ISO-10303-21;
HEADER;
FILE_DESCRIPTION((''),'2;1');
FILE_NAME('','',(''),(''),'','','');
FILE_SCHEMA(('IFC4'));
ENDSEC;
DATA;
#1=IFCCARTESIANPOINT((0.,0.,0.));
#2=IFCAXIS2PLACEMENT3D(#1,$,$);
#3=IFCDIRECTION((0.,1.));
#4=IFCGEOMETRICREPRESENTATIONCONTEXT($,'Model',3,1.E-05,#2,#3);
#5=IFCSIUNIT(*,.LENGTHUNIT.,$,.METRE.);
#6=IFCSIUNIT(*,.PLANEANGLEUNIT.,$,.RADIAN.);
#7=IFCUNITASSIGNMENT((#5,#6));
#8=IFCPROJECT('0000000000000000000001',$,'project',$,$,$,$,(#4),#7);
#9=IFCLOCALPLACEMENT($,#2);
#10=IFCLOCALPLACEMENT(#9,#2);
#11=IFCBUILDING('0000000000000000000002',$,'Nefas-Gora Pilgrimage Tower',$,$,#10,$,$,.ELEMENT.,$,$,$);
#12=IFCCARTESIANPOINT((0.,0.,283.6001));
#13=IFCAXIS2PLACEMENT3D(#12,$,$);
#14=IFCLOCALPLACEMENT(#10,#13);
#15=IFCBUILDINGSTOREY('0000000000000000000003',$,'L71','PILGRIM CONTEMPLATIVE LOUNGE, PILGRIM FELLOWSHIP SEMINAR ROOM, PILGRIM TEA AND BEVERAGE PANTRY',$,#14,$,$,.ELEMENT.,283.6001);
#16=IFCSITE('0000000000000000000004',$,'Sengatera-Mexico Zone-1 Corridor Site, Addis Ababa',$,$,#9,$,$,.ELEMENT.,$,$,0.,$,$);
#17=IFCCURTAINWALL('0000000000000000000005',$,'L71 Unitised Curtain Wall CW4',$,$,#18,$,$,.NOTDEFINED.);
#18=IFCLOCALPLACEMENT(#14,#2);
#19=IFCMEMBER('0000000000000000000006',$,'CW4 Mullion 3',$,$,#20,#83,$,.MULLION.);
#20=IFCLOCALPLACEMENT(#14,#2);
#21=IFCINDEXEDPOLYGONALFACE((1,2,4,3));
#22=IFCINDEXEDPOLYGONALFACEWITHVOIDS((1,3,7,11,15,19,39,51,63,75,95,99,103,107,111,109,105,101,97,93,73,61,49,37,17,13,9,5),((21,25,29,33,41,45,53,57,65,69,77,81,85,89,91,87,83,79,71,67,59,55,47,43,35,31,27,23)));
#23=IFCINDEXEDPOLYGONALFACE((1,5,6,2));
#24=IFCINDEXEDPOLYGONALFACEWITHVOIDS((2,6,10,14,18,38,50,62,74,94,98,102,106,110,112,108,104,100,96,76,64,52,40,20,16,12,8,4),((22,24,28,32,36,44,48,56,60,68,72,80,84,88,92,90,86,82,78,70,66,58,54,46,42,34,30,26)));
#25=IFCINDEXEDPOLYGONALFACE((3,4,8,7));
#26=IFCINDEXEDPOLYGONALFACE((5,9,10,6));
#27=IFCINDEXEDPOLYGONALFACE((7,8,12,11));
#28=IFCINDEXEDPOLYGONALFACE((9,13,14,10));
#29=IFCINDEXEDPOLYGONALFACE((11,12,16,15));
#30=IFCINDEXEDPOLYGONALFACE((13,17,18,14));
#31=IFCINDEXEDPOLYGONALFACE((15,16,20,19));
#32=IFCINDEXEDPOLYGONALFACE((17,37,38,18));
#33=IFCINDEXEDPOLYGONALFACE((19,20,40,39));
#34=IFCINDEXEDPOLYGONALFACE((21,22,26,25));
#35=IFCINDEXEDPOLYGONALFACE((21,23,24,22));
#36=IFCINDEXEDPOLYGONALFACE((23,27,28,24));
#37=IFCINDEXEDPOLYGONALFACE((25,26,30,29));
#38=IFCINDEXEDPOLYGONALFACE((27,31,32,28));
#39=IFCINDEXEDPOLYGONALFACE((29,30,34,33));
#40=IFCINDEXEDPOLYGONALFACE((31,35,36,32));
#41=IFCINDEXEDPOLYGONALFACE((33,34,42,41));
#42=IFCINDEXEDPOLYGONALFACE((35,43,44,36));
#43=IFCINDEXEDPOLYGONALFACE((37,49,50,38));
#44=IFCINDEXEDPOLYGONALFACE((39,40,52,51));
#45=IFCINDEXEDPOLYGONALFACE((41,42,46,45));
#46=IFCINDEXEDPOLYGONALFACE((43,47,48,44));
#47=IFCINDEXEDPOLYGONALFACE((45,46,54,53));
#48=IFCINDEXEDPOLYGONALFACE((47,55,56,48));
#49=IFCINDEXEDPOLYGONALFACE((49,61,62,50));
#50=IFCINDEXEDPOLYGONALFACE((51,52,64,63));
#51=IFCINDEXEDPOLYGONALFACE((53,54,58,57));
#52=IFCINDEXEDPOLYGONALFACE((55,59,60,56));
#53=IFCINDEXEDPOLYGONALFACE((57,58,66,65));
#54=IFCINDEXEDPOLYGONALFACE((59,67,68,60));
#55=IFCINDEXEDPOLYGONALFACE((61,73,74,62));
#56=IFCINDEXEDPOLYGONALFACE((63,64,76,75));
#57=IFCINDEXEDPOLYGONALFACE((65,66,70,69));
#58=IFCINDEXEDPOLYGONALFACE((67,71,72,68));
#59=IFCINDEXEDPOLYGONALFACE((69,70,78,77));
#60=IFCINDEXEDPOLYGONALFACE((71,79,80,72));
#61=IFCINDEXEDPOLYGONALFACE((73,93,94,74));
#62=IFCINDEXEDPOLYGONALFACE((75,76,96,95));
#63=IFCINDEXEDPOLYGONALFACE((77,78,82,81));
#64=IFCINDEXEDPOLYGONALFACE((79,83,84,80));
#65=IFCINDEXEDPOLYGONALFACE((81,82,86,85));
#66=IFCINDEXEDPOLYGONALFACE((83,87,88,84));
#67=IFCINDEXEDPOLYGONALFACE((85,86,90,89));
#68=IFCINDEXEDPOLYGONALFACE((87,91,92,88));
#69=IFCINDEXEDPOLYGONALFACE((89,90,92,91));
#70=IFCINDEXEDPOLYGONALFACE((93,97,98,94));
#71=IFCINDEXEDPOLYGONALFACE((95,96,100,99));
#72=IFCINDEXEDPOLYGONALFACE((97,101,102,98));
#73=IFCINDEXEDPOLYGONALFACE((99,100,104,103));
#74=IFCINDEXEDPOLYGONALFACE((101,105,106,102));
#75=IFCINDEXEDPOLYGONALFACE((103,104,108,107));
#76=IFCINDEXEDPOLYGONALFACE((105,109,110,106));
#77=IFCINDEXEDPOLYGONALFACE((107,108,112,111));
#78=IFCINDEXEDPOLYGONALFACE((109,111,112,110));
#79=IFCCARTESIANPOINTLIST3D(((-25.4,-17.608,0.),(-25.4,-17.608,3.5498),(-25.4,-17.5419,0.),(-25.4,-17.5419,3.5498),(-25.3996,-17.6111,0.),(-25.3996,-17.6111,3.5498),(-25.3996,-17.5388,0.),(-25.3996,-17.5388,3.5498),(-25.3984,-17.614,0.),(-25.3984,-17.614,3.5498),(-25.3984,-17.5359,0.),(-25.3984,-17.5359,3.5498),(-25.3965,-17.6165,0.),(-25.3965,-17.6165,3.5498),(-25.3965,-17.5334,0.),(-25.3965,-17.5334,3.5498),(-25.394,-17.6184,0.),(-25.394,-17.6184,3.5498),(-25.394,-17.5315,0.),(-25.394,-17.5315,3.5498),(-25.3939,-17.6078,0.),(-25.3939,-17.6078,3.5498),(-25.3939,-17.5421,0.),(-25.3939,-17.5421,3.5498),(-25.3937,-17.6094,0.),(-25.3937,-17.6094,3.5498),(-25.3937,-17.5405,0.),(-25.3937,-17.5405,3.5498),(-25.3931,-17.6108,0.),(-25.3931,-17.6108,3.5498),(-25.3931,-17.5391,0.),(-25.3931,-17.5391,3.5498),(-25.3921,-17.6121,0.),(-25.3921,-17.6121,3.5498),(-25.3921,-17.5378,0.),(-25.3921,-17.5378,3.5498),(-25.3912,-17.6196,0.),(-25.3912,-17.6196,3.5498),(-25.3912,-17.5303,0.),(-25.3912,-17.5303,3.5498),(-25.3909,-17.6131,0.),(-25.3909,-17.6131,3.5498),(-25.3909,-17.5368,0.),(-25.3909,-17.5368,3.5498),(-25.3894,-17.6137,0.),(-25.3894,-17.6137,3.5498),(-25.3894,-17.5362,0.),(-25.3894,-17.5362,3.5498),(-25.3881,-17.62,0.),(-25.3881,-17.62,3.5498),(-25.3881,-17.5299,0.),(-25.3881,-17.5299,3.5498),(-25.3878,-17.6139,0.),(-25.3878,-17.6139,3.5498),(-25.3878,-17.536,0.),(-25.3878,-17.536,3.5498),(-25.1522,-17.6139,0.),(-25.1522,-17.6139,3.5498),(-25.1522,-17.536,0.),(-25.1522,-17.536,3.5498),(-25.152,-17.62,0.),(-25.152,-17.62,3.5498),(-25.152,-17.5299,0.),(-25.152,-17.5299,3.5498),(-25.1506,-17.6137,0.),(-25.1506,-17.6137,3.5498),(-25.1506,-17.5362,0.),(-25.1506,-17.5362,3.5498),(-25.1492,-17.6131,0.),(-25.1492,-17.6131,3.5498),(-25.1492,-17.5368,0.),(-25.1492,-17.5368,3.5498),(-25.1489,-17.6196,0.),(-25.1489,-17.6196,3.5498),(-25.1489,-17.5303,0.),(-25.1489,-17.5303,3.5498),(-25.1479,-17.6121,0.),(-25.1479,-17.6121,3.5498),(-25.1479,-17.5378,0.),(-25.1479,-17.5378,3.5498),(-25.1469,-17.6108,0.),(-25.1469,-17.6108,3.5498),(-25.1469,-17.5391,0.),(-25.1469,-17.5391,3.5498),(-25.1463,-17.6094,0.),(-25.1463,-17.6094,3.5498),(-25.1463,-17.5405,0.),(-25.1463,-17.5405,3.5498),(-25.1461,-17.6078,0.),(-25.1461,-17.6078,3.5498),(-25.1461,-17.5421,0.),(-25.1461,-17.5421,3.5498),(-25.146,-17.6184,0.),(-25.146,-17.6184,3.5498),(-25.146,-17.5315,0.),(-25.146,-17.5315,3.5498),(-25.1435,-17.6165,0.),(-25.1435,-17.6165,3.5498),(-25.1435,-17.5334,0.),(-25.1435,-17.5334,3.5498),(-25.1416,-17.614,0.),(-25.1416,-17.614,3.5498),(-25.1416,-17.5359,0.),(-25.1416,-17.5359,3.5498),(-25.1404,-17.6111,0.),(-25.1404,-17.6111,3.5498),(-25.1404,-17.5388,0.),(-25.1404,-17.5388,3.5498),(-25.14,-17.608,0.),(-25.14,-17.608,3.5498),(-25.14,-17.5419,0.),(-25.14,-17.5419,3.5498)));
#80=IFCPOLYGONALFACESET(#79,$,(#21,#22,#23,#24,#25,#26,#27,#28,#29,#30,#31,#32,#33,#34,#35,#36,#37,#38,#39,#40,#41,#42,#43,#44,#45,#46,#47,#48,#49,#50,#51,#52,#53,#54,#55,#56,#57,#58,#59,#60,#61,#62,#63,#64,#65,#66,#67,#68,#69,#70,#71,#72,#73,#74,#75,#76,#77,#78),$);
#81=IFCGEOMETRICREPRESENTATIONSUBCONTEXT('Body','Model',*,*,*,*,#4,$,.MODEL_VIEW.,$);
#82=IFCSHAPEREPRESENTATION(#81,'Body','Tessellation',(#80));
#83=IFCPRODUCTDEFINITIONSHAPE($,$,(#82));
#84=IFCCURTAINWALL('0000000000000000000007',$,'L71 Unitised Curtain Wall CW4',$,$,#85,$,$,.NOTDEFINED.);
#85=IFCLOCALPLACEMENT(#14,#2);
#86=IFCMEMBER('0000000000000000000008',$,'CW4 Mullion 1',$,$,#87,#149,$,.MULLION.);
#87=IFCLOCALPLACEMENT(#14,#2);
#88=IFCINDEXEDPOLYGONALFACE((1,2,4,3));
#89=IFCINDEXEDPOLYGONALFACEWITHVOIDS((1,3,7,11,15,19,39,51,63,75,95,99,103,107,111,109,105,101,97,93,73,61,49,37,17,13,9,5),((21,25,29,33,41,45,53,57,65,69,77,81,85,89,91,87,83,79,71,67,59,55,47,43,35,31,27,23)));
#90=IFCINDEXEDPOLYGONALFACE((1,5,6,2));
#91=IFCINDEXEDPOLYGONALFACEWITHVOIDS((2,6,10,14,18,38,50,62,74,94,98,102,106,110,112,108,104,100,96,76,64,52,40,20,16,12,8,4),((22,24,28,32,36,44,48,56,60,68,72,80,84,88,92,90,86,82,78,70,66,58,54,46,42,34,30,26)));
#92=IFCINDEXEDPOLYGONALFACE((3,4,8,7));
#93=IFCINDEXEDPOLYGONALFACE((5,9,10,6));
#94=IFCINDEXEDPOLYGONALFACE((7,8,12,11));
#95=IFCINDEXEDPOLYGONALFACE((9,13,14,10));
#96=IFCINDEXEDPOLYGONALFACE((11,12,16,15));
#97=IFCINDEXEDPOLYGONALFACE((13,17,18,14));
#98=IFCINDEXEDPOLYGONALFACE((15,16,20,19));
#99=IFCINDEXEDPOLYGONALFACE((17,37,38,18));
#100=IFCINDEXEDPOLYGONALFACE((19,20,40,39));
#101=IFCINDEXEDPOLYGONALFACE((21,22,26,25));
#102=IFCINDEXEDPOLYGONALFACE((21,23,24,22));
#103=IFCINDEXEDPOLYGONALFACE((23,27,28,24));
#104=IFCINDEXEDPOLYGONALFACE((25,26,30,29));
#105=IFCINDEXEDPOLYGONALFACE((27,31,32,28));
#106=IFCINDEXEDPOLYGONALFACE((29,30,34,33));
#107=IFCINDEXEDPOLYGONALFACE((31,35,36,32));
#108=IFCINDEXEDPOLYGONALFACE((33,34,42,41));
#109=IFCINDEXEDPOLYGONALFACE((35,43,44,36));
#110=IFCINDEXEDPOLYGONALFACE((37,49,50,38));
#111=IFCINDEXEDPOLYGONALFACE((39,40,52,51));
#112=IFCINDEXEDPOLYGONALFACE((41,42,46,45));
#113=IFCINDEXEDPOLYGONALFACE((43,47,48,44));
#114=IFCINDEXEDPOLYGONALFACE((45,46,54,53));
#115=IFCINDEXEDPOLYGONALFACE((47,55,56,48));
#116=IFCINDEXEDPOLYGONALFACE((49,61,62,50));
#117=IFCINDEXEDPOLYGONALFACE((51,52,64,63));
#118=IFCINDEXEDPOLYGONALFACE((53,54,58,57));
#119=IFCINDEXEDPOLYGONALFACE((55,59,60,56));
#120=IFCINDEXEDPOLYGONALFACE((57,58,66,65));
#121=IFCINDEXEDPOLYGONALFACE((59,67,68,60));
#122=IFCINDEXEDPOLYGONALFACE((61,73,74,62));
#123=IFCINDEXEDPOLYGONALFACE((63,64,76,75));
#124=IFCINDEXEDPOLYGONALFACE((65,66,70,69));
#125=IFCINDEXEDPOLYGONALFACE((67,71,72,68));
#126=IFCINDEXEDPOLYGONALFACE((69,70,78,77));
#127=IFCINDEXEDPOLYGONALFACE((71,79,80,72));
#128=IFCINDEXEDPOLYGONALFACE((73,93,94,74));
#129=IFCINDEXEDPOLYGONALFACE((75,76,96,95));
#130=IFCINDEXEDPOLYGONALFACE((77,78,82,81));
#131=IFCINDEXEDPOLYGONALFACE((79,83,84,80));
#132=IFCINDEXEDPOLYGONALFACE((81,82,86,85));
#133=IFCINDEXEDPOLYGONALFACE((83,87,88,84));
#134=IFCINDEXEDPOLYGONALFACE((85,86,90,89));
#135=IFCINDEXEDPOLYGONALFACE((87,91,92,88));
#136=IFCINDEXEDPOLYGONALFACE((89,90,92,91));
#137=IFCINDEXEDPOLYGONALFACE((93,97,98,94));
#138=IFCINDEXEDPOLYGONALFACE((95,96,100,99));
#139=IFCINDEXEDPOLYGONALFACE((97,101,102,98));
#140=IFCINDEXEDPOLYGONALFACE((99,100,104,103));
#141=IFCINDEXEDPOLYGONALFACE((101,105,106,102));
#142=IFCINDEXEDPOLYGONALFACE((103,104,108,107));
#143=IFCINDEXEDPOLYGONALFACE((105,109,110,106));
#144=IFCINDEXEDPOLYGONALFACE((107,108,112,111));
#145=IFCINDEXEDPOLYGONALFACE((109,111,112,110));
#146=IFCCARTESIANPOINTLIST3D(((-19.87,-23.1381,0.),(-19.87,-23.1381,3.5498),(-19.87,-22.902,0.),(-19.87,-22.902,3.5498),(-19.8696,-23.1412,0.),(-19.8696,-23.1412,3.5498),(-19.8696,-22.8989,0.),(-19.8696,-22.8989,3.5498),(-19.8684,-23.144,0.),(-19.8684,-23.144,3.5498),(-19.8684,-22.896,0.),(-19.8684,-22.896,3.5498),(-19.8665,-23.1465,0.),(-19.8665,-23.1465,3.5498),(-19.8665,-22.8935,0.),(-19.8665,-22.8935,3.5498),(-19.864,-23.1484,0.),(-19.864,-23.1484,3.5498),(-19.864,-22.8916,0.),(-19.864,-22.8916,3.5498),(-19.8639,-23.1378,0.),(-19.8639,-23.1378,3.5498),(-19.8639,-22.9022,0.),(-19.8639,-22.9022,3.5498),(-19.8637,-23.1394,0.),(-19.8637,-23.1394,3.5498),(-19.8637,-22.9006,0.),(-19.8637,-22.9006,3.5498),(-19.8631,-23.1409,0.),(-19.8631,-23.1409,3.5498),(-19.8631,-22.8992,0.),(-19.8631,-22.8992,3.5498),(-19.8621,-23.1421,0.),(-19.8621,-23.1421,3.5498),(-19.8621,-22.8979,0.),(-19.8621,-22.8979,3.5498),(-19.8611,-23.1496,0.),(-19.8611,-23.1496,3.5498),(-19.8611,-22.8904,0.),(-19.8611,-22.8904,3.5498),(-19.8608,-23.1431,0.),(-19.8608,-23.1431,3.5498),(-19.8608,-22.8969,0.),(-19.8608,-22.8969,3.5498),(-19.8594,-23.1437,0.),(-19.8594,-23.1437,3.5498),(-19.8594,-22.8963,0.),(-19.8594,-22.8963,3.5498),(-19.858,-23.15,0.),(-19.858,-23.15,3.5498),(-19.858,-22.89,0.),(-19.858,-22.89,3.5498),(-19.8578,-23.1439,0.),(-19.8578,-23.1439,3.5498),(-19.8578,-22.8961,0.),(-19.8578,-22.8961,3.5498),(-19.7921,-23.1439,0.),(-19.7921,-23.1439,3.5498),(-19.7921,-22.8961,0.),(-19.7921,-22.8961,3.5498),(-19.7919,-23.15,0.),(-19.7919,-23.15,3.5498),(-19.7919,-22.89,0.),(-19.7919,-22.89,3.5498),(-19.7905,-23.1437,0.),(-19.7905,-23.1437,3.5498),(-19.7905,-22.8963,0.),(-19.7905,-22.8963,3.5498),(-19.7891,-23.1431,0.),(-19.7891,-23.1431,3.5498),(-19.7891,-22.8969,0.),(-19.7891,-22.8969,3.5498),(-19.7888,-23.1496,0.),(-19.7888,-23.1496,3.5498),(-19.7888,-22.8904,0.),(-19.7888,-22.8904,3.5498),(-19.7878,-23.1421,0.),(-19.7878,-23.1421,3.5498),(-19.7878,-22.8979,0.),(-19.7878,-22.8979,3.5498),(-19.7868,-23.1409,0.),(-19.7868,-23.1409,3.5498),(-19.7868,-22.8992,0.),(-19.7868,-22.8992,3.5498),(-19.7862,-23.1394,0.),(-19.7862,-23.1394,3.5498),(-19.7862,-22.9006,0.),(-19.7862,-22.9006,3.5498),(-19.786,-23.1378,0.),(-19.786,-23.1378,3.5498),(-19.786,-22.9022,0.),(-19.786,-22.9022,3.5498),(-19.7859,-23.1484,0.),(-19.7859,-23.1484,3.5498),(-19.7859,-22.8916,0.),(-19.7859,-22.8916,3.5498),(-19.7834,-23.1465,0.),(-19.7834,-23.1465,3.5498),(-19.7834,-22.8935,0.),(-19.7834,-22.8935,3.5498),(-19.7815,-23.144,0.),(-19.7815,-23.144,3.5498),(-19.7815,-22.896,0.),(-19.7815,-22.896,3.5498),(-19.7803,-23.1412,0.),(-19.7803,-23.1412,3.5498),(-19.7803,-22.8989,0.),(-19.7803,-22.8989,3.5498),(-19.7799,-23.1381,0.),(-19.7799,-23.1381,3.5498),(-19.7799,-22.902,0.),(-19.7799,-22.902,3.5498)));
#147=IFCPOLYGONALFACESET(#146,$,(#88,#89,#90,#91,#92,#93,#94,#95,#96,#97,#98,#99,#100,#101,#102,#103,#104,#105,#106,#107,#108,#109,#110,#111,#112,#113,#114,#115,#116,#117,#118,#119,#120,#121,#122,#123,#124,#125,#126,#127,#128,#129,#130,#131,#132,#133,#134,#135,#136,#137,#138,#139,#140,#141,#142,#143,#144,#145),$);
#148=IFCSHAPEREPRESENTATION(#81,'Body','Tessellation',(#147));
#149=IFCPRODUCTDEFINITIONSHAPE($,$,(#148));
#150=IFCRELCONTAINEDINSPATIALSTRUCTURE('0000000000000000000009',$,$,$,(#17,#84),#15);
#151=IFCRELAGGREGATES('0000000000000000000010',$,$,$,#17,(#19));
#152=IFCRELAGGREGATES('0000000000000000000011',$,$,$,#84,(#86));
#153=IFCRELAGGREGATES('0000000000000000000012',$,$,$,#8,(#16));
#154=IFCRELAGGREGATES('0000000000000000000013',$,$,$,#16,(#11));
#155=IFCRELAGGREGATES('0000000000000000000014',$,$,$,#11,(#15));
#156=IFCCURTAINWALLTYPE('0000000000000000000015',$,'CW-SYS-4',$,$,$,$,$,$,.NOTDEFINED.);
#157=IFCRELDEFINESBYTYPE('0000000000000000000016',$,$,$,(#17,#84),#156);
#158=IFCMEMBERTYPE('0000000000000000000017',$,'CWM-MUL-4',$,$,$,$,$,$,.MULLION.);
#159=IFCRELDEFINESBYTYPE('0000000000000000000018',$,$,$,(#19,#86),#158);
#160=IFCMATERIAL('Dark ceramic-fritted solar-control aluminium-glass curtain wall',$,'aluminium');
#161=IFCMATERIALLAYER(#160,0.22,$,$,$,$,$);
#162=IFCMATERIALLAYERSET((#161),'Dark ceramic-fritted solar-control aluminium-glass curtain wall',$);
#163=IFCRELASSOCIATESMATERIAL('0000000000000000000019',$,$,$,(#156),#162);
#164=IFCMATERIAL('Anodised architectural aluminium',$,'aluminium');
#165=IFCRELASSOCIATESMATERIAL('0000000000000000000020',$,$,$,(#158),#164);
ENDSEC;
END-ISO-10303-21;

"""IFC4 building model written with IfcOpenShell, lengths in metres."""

from ifc_helpers import new_model, si_unit, direction, frame, origin, origin_2d, place, context, subcontext, project, spatial, hollow_rectangle, extrude, source, transform, mapped, material, layer, layer_set, material_profile, profile_set, type_object, element, aggregate, save


model = new_model("IFC4")

# Units and contexts
model_context = context("Model", 3, precision=1e-05, world=origin(), true_north=direction((0.0, 1.0)))
body_context = subcontext(model_context, "Body", "Model", "MODEL_VIEW")
ifc_project = project(units=[si_unit("LENGTHUNIT", "METRE"), si_unit("PLANEANGLEUNIT", "RADIAN")], contexts=[model_context])

# Site, building, storey
site_placement = place(None, origin())
site = spatial("IfcSite", under=ifc_project, at=site_placement, Name="Sengatera-Mexico Zone-1 Corridor Site, Addis Ababa", CompositionType="ELEMENT", RefElevation=0.0)
building_placement = place(site_placement, origin())
building = spatial("IfcBuilding", under=site, at=building_placement, Name="Nefas-Gora Pilgrimage Tower", CompositionType="ELEMENT")
storey_placement = place(building_placement, frame((0.0, 0.0, 283.6001)))
storey = spatial("IfcBuildingStorey", under=building, at=storey_placement, Name="L71", Description="PILGRIM CONTEMPLATIVE LOUNGE, PILGRIM FELLOWSHIP SEMINAR ROOM, PILGRIM TEA AND BEVERAGE PANTRY", CompositionType="ELEMENT", Elevation=283.6001)

# Curtain wall, member
ifc_material_1 = material(Name="Dark ceramic-fritted solar-control aluminium-glass curtain wall", Category="aluminium")
ifc_layer_1 = layer(ifc_material_1, 0.22)
ifc_layer_set_1 = layer_set([ifc_layer_1], Name="Dark ceramic-fritted solar-control aluminium-glass curtain wall")
curtain_wall_type = type_object("IfcCurtainWallType", Name="CW-SYS-4", PredefinedType="NOTDEFINED", material=ifc_layer_set_1)
curtain_wall_1_placement = place(storey_placement, origin())
curtain_wall_1 = element("IfcCurtainWall", 1, at=curtain_wall_1_placement, inside=storey, type_object=curtain_wall_type, Name="L71 Unitised Curtain Wall CW4", PredefinedType="NOTDEFINED")
ifc_material_2 = material(Name="Anodised architectural aluminium", Category="aluminium")
ifc_material_profile_1 = material_profile(ifc_material_2, hollow_rectangle(XDim=0.0901, YDim=0.26, WallThickness=0.0061, InnerFilletRadius=0.0061, OuterFilletRadius=0.012, at=origin_2d()), Name="ALU MULLION 90x260")
ifc_profile_set_1 = profile_set([ifc_material_profile_1], Name="Anodised architectural aluminium")
member_type_1 = type_object("IfcMemberType", Name="CWM-MUL-4", PredefinedType="MULLION", material=ifc_profile_set_1)
shared_shape_1 = source(origin(), body_context, "Body", "SweptSolid", [
    extrude(hollow_rectangle(XDim=0.0901, YDim=0.26, WallThickness=0.0061, InnerFilletRadius=0.0061, OuterFilletRadius=0.012, at=origin_2d()), origin(), (0.0, 0.0, 1.0), 3.5498),
])
member_1_placement = place(storey_placement, frame((-25.27, -17.575, 0.0), z_axis=(0.0, 0.0, 1.0), x_axis=(0.0, -1.0, 0.0)))
member_1 = element("IfcMember", 2, at=member_1_placement, type_object=member_type_1, Name="CW4 Mullion 3", PredefinedType="MULLION", context=body_context, shape_type="MappedRepresentation", body=[
    mapped(shared_shape_1, transform((0.0, 0.0, 0.0), x_axis=(1.0, 0.0, 0.0), y_axis=(0.0, 1.0, 0.0), z_axis=(0.0, 0.0, 1.0), scale=1.0)),
])
aggregate(curtain_wall_1, [member_1])

# Curtain wall, member
curtain_wall_2_placement = place(storey_placement, origin())
curtain_wall_2 = element("IfcCurtainWall", 3, at=curtain_wall_2_placement, inside=storey, type_object=curtain_wall_type, Name="L71 Unitised Curtain Wall CW4", PredefinedType="NOTDEFINED")
member_2_placement = place(storey_placement, frame((-19.825, -23.02, 0.0), z_axis=(0.0, 0.0, 1.0), x_axis=(1.0, 0.0, 0.0)))
member_2 = element("IfcMember", 4, at=member_2_placement, type_object=member_type_1, Name="CW4 Mullion 1", PredefinedType="MULLION", context=body_context, shape_type="MappedRepresentation", body=[
    mapped(shared_shape_1, transform((0.0, 0.0, 0.0), x_axis=(1.0, 0.0, 0.0), y_axis=(0.0, 1.0, 0.0), z_axis=(0.0, 0.0, 1.0), scale=1.0)),
])
aggregate(curtain_wall_2, [member_2])

save(model, "model.ifc")
